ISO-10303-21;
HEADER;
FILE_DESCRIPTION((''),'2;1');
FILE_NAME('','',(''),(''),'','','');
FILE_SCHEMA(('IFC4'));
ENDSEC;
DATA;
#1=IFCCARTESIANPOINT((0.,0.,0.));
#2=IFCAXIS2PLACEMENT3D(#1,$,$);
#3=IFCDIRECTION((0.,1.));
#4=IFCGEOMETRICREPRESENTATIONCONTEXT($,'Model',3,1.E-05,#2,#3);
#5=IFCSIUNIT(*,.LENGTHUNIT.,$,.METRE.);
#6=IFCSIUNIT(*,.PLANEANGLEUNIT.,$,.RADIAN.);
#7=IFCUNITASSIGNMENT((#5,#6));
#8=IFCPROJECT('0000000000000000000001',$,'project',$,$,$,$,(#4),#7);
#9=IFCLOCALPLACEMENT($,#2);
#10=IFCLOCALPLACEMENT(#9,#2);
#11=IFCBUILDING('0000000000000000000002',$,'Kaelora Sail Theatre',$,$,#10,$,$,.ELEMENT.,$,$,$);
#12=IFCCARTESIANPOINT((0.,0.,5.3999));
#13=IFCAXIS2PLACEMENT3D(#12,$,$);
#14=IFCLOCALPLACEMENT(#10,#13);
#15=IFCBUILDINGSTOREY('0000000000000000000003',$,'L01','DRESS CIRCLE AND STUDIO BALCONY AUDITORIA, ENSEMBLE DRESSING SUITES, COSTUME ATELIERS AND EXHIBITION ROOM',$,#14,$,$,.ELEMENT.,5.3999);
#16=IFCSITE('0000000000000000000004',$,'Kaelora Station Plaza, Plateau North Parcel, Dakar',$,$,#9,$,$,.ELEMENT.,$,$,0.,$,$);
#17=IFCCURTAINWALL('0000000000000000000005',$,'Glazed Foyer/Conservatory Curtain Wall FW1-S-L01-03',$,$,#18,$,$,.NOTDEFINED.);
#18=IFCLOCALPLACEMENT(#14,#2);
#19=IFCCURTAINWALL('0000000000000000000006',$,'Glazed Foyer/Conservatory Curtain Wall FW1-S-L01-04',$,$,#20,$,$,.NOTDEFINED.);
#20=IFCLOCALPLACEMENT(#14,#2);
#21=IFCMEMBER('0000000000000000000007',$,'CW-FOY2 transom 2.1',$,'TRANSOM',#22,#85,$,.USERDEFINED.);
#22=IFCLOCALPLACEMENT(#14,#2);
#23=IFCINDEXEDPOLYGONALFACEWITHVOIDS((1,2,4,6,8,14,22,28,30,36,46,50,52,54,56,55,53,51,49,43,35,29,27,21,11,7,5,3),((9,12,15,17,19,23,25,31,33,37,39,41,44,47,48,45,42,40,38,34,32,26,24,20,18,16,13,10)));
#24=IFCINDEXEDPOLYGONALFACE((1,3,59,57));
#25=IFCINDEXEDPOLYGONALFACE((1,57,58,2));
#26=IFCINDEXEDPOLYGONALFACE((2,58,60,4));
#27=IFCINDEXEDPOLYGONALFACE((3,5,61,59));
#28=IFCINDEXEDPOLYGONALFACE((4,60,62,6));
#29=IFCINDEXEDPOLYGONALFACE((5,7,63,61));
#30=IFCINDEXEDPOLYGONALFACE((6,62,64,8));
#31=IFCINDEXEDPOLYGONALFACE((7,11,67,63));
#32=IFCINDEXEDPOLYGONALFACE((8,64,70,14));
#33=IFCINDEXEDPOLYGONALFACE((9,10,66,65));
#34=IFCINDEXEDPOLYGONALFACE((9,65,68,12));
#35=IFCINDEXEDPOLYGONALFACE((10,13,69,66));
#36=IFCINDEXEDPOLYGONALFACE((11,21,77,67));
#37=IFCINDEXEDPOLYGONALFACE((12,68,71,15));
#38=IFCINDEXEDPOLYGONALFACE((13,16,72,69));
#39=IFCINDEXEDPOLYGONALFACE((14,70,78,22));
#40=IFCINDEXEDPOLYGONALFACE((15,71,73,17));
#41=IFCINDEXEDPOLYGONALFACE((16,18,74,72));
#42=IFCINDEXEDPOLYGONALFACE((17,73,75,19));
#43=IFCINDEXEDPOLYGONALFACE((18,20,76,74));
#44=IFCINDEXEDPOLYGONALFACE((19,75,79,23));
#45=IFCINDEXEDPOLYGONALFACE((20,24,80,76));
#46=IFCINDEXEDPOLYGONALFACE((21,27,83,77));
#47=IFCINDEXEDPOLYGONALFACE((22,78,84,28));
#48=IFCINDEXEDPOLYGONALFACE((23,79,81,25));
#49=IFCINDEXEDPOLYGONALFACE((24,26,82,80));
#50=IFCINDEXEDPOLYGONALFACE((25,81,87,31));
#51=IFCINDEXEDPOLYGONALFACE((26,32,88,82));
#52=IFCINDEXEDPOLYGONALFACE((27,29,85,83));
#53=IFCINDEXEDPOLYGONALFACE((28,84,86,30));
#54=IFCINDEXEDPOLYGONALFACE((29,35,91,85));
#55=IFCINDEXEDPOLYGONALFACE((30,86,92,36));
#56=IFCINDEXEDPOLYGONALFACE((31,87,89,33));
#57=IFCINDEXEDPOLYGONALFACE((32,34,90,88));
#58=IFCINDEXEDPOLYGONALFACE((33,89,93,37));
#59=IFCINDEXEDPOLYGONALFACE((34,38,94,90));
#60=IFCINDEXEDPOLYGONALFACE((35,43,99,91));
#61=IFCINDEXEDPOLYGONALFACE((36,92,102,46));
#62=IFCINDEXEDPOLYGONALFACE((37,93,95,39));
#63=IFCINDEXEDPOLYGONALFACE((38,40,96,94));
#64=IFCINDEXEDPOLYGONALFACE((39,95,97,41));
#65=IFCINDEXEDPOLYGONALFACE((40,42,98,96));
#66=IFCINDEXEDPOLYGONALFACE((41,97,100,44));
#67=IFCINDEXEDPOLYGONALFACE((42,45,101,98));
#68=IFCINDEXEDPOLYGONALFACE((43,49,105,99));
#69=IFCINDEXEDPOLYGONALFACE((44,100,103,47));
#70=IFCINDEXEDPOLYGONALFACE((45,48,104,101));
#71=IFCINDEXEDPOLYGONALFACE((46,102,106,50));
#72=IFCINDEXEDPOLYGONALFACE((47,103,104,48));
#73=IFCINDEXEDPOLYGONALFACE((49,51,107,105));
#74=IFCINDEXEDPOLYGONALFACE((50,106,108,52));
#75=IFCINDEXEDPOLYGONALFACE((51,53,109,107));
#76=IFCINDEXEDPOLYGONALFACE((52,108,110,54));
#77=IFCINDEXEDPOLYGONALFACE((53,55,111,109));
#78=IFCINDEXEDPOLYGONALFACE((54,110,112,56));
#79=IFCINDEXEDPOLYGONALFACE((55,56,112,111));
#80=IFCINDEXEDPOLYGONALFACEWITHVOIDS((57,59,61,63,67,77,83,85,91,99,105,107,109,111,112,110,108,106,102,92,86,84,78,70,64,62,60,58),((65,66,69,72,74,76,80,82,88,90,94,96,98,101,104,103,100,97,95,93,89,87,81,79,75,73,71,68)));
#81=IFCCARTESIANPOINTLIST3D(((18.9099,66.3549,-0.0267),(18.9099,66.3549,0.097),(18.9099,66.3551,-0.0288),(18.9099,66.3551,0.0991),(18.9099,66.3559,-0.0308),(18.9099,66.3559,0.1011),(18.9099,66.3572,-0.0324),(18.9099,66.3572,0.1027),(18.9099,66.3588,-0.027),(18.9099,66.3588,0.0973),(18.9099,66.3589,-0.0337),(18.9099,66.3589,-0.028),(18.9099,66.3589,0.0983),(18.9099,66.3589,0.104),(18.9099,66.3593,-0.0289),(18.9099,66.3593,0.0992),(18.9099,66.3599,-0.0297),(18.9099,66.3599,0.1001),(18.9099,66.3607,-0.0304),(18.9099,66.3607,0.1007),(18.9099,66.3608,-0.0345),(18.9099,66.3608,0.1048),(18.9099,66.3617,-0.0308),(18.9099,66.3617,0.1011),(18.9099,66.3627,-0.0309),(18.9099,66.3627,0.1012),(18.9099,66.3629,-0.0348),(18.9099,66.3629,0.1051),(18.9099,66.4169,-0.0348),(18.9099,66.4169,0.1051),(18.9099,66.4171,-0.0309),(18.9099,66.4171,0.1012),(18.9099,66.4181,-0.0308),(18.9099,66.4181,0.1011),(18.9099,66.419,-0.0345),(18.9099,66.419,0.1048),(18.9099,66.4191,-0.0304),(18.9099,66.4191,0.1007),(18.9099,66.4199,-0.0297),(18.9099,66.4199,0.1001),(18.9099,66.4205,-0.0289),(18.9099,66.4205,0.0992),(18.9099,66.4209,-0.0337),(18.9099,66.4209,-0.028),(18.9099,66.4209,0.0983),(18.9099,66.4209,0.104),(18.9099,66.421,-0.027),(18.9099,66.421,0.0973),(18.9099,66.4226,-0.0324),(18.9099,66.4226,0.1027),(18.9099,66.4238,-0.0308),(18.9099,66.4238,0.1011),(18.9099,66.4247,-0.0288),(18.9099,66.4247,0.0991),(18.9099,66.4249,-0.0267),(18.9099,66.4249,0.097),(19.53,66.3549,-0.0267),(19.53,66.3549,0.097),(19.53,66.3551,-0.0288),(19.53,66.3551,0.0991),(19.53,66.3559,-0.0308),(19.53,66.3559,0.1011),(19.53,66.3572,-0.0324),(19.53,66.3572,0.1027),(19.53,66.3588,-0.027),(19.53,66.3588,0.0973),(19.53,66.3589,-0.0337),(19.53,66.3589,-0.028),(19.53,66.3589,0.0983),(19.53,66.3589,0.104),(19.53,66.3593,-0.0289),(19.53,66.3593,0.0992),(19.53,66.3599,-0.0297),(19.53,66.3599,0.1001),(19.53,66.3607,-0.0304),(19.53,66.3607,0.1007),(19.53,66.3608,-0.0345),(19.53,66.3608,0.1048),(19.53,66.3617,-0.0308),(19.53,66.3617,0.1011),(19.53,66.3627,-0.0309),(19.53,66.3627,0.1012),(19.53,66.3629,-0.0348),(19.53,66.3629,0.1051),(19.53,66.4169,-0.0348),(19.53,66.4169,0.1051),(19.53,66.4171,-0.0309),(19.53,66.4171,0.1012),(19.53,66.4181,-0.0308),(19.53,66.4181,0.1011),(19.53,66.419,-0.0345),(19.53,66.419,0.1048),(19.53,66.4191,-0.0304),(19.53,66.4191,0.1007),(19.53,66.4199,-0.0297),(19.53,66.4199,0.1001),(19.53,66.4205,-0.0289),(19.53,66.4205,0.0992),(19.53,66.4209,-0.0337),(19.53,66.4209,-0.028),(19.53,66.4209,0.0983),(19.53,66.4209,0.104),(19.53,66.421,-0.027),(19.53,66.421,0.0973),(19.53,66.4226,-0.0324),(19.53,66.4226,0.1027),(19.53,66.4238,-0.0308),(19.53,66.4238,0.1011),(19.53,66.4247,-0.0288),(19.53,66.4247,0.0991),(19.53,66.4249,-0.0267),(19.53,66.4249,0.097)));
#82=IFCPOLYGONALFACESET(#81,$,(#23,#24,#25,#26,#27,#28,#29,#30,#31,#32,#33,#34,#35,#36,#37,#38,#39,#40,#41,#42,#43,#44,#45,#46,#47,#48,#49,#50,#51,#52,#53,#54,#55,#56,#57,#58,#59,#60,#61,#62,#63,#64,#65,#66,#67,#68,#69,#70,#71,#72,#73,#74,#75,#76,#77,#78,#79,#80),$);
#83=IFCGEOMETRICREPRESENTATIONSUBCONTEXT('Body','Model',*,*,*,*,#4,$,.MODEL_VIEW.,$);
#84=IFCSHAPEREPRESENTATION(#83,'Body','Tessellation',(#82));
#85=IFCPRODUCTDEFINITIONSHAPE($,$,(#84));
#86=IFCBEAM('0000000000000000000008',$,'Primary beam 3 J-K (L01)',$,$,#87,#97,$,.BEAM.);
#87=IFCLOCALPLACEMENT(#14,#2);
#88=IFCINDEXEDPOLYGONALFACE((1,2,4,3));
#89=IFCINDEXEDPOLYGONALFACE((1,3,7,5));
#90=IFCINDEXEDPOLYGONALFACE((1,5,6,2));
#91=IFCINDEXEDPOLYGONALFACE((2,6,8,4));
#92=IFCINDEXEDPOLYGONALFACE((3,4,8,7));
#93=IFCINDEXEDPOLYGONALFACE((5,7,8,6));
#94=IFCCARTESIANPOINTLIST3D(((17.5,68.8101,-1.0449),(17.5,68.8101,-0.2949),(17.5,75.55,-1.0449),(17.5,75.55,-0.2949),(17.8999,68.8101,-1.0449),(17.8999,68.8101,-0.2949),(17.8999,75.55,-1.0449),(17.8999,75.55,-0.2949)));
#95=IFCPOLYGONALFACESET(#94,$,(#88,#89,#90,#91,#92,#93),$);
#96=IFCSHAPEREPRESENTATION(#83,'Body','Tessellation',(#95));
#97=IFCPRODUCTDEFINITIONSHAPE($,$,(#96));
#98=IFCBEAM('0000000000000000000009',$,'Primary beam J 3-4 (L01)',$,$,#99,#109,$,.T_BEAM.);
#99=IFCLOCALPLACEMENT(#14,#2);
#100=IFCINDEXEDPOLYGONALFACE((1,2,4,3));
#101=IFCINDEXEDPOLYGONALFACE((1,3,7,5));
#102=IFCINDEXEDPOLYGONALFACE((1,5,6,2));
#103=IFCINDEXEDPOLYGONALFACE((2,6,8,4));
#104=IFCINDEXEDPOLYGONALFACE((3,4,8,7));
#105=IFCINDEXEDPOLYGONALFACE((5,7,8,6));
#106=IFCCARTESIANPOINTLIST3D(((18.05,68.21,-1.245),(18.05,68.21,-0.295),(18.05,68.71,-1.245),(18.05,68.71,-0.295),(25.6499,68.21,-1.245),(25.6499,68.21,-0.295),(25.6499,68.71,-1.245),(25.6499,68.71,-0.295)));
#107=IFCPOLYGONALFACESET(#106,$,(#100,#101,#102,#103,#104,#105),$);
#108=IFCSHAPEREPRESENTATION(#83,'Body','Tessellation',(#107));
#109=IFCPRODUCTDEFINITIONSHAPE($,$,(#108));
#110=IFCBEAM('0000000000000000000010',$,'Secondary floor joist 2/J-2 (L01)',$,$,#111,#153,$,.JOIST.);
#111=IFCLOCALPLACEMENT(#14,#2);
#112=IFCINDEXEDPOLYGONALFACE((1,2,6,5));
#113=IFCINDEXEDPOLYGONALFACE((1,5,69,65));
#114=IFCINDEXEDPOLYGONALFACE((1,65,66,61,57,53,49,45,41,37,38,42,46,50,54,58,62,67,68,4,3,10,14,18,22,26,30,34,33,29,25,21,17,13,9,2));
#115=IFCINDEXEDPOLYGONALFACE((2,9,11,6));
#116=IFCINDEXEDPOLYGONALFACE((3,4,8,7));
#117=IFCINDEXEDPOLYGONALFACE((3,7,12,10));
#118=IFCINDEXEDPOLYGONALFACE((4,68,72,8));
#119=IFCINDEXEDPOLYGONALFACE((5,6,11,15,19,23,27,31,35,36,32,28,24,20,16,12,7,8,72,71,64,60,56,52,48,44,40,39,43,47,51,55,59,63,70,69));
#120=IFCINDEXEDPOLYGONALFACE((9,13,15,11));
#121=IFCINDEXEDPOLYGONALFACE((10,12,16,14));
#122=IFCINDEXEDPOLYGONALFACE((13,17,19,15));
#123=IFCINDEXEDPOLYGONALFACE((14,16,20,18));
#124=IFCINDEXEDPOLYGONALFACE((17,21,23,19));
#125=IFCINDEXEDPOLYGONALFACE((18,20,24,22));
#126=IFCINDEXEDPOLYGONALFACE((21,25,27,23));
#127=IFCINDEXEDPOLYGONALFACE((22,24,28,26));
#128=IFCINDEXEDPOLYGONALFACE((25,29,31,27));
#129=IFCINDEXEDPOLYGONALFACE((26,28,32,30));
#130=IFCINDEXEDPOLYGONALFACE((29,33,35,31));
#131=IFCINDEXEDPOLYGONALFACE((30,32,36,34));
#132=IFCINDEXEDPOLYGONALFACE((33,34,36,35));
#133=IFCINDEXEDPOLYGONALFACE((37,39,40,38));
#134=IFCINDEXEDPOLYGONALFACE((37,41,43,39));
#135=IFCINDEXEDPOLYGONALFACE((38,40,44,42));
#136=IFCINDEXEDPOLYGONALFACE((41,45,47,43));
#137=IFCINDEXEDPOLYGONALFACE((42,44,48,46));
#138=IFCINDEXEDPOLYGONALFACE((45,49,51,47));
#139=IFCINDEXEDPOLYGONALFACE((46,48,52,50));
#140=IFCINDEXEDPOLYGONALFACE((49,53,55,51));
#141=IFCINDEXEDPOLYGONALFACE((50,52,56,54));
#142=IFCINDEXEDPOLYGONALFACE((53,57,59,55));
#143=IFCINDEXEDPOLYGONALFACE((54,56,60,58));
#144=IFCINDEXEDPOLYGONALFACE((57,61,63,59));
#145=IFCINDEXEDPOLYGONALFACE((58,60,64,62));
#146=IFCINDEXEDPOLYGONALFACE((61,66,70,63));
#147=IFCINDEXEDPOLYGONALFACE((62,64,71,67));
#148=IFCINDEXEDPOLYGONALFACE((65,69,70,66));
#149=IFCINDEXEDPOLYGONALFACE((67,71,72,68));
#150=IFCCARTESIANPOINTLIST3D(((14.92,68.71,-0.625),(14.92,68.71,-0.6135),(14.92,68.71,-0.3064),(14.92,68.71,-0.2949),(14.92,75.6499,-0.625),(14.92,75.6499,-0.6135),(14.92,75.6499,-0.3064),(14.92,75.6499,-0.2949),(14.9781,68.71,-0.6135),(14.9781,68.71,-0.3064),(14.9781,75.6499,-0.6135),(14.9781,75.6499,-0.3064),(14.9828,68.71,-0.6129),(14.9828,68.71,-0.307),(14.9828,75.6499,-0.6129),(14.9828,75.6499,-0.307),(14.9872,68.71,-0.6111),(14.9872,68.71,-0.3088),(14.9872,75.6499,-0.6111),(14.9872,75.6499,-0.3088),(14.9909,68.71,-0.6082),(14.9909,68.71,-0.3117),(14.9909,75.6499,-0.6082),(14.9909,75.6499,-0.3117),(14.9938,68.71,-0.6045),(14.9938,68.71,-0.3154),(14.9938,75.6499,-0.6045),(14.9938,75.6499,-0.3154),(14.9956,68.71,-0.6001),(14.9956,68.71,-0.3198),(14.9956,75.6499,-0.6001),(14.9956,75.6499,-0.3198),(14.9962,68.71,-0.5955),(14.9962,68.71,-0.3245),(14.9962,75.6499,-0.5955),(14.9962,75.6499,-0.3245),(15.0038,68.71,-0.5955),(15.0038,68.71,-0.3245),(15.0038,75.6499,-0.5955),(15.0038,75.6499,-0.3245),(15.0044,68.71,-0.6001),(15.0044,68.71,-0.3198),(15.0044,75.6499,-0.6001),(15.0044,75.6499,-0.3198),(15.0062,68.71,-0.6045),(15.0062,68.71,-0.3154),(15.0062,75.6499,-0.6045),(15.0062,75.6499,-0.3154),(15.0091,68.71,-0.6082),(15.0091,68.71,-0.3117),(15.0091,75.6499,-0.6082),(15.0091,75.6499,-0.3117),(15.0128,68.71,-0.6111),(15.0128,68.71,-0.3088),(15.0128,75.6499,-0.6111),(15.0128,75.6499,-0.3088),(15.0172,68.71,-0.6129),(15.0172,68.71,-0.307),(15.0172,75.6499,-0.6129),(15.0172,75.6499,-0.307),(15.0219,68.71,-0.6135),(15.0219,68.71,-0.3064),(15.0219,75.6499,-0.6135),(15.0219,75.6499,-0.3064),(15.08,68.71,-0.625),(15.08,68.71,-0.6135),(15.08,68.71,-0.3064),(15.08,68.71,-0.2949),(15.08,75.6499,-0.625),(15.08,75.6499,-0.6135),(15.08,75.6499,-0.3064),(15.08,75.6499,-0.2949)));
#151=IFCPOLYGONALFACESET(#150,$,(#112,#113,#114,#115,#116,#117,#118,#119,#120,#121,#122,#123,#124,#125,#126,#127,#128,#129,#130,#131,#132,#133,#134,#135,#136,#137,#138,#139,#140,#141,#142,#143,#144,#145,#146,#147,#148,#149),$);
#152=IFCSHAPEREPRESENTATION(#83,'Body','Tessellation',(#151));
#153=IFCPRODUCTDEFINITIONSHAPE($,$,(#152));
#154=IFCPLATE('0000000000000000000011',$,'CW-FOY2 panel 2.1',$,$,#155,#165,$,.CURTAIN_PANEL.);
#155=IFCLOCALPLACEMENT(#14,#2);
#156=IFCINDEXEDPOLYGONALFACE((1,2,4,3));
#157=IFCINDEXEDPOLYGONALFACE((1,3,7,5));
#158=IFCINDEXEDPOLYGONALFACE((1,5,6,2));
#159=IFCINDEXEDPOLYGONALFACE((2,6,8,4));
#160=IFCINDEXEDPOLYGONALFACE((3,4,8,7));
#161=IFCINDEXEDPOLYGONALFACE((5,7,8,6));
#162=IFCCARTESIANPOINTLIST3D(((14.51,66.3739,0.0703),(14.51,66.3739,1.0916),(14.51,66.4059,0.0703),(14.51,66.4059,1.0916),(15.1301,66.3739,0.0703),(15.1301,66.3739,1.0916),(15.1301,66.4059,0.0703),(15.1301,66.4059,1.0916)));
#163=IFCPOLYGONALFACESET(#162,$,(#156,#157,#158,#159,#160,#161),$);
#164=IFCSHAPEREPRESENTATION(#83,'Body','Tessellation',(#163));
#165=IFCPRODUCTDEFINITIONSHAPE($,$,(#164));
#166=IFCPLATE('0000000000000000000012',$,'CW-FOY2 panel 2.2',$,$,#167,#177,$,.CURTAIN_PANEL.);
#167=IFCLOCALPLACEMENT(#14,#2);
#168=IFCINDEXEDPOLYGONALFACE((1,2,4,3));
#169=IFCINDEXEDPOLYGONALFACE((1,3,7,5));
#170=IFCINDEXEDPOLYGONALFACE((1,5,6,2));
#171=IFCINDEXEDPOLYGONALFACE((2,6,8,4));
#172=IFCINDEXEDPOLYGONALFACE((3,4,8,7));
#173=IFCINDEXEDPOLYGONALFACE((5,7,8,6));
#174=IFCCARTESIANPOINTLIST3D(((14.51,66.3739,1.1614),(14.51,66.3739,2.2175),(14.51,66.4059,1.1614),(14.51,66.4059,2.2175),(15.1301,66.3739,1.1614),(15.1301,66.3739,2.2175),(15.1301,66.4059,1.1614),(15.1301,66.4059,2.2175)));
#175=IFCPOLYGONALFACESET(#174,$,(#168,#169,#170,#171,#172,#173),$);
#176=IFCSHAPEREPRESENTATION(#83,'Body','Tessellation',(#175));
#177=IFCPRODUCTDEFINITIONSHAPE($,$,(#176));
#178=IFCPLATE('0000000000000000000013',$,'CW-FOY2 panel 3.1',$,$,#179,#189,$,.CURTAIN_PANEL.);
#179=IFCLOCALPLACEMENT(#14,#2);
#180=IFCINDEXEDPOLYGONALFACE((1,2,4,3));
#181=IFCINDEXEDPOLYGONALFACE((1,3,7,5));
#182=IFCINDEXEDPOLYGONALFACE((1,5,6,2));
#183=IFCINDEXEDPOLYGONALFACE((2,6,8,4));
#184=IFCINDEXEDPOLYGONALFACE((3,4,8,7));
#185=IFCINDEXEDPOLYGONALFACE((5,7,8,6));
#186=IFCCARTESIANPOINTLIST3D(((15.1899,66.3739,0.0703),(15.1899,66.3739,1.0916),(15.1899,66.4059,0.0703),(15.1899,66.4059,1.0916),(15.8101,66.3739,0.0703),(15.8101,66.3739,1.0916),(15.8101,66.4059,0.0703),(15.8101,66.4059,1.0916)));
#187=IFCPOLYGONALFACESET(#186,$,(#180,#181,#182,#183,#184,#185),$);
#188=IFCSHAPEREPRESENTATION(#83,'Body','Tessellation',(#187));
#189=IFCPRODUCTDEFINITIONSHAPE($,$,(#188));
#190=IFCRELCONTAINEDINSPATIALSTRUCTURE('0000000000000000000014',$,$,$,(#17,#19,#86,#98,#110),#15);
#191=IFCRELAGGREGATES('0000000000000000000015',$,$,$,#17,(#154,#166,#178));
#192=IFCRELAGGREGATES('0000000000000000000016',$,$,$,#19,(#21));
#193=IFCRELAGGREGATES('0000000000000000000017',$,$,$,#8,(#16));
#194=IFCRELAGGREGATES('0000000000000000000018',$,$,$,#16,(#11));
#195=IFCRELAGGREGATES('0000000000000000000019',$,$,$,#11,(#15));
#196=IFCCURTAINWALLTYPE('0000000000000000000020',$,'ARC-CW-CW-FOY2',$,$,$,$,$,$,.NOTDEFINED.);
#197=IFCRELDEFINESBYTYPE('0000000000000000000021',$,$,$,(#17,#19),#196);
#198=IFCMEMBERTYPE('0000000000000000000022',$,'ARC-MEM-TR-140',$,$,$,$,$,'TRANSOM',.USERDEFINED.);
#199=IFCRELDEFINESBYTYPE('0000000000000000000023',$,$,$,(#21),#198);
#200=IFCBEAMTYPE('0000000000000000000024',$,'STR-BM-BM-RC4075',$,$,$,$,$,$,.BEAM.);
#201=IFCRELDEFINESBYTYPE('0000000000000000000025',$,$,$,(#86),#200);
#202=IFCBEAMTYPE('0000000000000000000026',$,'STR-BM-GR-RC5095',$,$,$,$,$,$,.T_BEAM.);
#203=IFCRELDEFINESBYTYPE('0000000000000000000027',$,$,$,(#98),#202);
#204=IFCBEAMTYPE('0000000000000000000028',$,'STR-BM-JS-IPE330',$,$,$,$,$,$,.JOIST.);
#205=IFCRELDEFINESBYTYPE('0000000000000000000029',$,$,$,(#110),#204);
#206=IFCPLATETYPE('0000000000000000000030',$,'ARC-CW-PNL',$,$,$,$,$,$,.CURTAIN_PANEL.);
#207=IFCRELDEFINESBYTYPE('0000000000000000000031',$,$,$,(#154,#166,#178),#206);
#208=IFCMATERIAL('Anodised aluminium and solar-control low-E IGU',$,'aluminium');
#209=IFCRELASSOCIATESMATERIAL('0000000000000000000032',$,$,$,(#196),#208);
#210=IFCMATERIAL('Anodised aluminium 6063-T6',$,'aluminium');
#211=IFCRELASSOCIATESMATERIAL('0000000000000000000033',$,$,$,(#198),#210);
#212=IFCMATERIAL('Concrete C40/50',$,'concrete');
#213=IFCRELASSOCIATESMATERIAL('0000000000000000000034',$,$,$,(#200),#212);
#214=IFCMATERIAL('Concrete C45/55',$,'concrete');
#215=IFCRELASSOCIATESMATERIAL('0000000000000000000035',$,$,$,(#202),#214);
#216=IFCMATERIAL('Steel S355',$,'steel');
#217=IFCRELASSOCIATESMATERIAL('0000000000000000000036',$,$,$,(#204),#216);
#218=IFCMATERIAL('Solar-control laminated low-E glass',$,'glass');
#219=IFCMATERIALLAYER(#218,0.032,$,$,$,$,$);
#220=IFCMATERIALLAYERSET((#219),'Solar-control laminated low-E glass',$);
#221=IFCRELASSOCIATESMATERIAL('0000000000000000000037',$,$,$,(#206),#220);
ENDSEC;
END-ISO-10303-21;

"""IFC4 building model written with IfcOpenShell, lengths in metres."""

from ifc_helpers import new_model, si_unit, direction, frame, origin, origin_2d, place, context, subcontext, project, spatial, rectangle, hollow_rectangle, i_section, extrude, material, layer, layer_set, material_profile, profile_set, type_object, element, aggregate, save


model = new_model("IFC4")

# Units and contexts
model_context = context("Model", 3, precision=1e-05, world=origin(), true_north=direction((0.0, 1.0)))
body_context = subcontext(model_context, "Body", "Model", "MODEL_VIEW")
ifc_project = project(units=[si_unit("LENGTHUNIT", "METRE"), si_unit("PLANEANGLEUNIT", "RADIAN")], contexts=[model_context])

# Site, building, storey
site_placement = place(None, origin())
site = spatial("IfcSite", under=ifc_project, at=site_placement, Name="Kaelora Station Plaza, Plateau North Parcel, Dakar", CompositionType="ELEMENT", RefElevation=0.0)
building_placement = place(site_placement, origin())
building = spatial("IfcBuilding", under=site, at=building_placement, Name="Kaelora Sail Theatre", CompositionType="ELEMENT")
storey_placement = place(building_placement, frame((0.0, 0.0, 5.3999)))
storey = spatial("IfcBuildingStorey", under=building, at=storey_placement, Name="L01", Description="DRESS CIRCLE AND STUDIO BALCONY AUDITORIA, ENSEMBLE DRESSING SUITES, COSTUME ATELIERS AND EXHIBITION ROOM", CompositionType="ELEMENT", Elevation=5.3999)

# Curtain walls
ifc_material_1 = material(Name="Anodised aluminium and solar-control low-E IGU", Category="aluminium")
curtain_wall_type = type_object("IfcCurtainWallType", Name="ARC-CW-CW-FOY2", PredefinedType="NOTDEFINED", material=ifc_material_1)
curtain_wall_1_placement = place(storey_placement, origin())
curtain_wall_1 = element("IfcCurtainWall", 1, at=curtain_wall_1_placement, inside=storey, type_object=curtain_wall_type, Name="Glazed Foyer/Conservatory Curtain Wall FW1-S-L01-03", PredefinedType="NOTDEFINED")
curtain_wall_2_placement = place(storey_placement, origin())
curtain_wall_2 = element("IfcCurtainWall", 2, at=curtain_wall_2_placement, inside=storey, type_object=curtain_wall_type, Name="Glazed Foyer/Conservatory Curtain Wall FW1-S-L01-04", PredefinedType="NOTDEFINED")

# Member
ifc_material_2 = material(Name="Anodised aluminium 6063-T6", Category="aluminium")
ifc_material_profile_1 = material_profile(ifc_material_2, hollow_rectangle(XDim=0.0701, YDim=0.1399, WallThickness=0.0039, InnerFilletRadius=0.0039, OuterFilletRadius=0.0081, at=origin_2d()), Name="ALU-TRAN 70x140x4")
ifc_profile_set_1 = profile_set([ifc_material_profile_1], Name="Anodised aluminium 6063-T6")
member_type_1 = type_object("IfcMemberType", Name="ARC-MEM-TR-140", ElementType="TRANSOM", PredefinedType="USERDEFINED", material=ifc_profile_set_1)
member_1_placement = place(storey_placement, frame((18.9099, 66.3899, 0.0352), z_axis=(1.0, 0.0, 0.0), x_axis=(0.0, 1.0, 0.0)))
member_1 = element("IfcMember", 3, at=member_1_placement, type_object=member_type_1, Name="CW-FOY2 transom 2.1", ObjectType="TRANSOM", PredefinedType="USERDEFINED", context=body_context, shape_type="SweptSolid", body=[
    extrude(hollow_rectangle(XDim=0.0701, YDim=0.1399, WallThickness=0.0039, InnerFilletRadius=0.0039, OuterFilletRadius=0.0081, at=origin_2d()), origin(), (0.0, 0.0, 1.0), 0.6201),
])

# Beams
ifc_material_3 = material(Name="Concrete C40/50", Category="concrete")
ifc_material_profile_2 = material_profile(ifc_material_3, rectangle(XDim=0.3999, YDim=0.75, at=origin_2d()), Name="RC-BM 400x750")
ifc_profile_set_2 = profile_set([ifc_material_profile_2], Name="Concrete C40/50")
beam_type_1 = type_object("IfcBeamType", Name="STR-BM-BM-RC4075", PredefinedType="BEAM", material=ifc_profile_set_2)
beam_1_placement = place(storey_placement, frame((17.7, 68.8101, -0.6699), z_axis=(0.0, 1.0, 0.0), x_axis=(-1.0, 0.0, 0.0)))
element("IfcBeam", 4, at=beam_1_placement, inside=storey, type_object=beam_type_1, Name="Primary beam 3 J-K (L01)", PredefinedType="BEAM", context=body_context, shape_type="SweptSolid", body=[
    extrude(rectangle(XDim=0.3999, YDim=0.75, at=origin_2d()), origin(), (0.0, 0.0, 1.0), 6.74),
])
ifc_material_4 = material(Name="Concrete C45/55", Category="concrete")
ifc_material_profile_3 = material_profile(ifc_material_4, rectangle(XDim=0.5, YDim=0.95, at=origin_2d()), Name="RC-GRD 500x950")
ifc_profile_set_3 = profile_set([ifc_material_profile_3], Name="Concrete C45/55")
beam_type_2 = type_object("IfcBeamType", Name="STR-BM-GR-RC5095", PredefinedType="T_BEAM", material=ifc_profile_set_3)
beam_2_placement = place(storey_placement, frame((18.05, 68.46, -0.77), z_axis=(1.0, 0.0, 0.0), x_axis=(0.0, 1.0, 0.0)))
element("IfcBeam", 5, at=beam_2_placement, inside=storey, type_object=beam_type_2, Name="Primary beam J 3-4 (L01)", PredefinedType="T_BEAM", context=body_context, shape_type="SweptSolid", body=[
    extrude(rectangle(XDim=0.5, YDim=0.95, at=origin_2d()), origin(), (0.0, 0.0, 1.0), 7.5999),
])
ifc_material_5 = material(Name="Steel S355", Category="steel")
ifc_material_profile_4 = material_profile(ifc_material_5, i_section(OverallWidth=0.1599, OverallDepth=0.3301, WebThickness=0.0076, FlangeThickness=0.0115, FilletRadius=0.0181, at=origin_2d()), Name="IPE 330")
ifc_profile_set_4 = profile_set([ifc_material_profile_4], Name="Steel S355")
beam_type_3 = type_object("IfcBeamType", Name="STR-BM-JS-IPE330", PredefinedType="JOIST", material=ifc_profile_set_4)
beam_3_placement = place(storey_placement, frame((15.0, 68.71, -0.46), z_axis=(0.0, 1.0, 0.0), x_axis=(-1.0, 0.0, 0.0)))
element("IfcBeam", 6, at=beam_3_placement, inside=storey, type_object=beam_type_3, Name="Secondary floor joist 2/J-2 (L01)", PredefinedType="JOIST", context=body_context, shape_type="SweptSolid", body=[
    extrude(i_section(OverallWidth=0.1599, OverallDepth=0.3301, WebThickness=0.0076, FlangeThickness=0.0115, FilletRadius=0.0181, at=origin_2d()), origin(), (0.0, 0.0, 1.0), 6.9399),
])

# Plates
ifc_material_6 = material(Name="Solar-control laminated low-E glass", Category="glass")
ifc_layer = layer(ifc_material_6, 0.032)
ifc_layer_set = layer_set([ifc_layer], Name="Solar-control laminated low-E glass")
plate_type = type_object("IfcPlateType", Name="ARC-CW-PNL", PredefinedType="CURTAIN_PANEL", material=ifc_layer_set)
plate_1_placement = place(storey_placement, frame((14.8201, 66.3899, 0.0703), z_axis=(0.0, 0.0, 1.0), x_axis=(1.0, 0.0, 0.0)))
plate_1 = element("IfcPlate", 7, at=plate_1_placement, type_object=plate_type, Name="CW-FOY2 panel 2.1", PredefinedType="CURTAIN_PANEL", context=body_context, shape_type="SweptSolid", body=[
    extrude(rectangle(XDim=0.6201, YDim=0.032, at=origin_2d()), origin(), (0.0, 0.0, 1.0), 1.0212),
])
plate_2_placement = place(storey_placement, frame((14.8201, 66.3899, 1.1614), z_axis=(0.0, 0.0, 1.0), x_axis=(1.0, 0.0, 0.0)))
plate_2 = element("IfcPlate", 8, at=plate_2_placement, type_object=plate_type, Name="CW-FOY2 panel 2.2", PredefinedType="CURTAIN_PANEL", context=body_context, shape_type="SweptSolid", body=[
    extrude(rectangle(XDim=0.6201, YDim=0.032, at=origin_2d()), origin(), (0.0, 0.0, 1.0), 1.0562),
])
plate_3_placement = place(storey_placement, frame((15.5, 66.3899, 0.0703), z_axis=(0.0, 0.0, 1.0), x_axis=(1.0, 0.0, 0.0)))
plate_3 = element("IfcPlate", 9, at=plate_3_placement, type_object=plate_type, Name="CW-FOY2 panel 3.1", PredefinedType="CURTAIN_PANEL", context=body_context, shape_type="SweptSolid", body=[
    extrude(rectangle(XDim=0.6201, YDim=0.032, at=origin_2d()), origin(), (0.0, 0.0, 1.0), 1.0212),
])
aggregate(curtain_wall_1, [plate_1, plate_2, plate_3])
aggregate(curtain_wall_2, [member_1])

save(model, "model.ifc")
